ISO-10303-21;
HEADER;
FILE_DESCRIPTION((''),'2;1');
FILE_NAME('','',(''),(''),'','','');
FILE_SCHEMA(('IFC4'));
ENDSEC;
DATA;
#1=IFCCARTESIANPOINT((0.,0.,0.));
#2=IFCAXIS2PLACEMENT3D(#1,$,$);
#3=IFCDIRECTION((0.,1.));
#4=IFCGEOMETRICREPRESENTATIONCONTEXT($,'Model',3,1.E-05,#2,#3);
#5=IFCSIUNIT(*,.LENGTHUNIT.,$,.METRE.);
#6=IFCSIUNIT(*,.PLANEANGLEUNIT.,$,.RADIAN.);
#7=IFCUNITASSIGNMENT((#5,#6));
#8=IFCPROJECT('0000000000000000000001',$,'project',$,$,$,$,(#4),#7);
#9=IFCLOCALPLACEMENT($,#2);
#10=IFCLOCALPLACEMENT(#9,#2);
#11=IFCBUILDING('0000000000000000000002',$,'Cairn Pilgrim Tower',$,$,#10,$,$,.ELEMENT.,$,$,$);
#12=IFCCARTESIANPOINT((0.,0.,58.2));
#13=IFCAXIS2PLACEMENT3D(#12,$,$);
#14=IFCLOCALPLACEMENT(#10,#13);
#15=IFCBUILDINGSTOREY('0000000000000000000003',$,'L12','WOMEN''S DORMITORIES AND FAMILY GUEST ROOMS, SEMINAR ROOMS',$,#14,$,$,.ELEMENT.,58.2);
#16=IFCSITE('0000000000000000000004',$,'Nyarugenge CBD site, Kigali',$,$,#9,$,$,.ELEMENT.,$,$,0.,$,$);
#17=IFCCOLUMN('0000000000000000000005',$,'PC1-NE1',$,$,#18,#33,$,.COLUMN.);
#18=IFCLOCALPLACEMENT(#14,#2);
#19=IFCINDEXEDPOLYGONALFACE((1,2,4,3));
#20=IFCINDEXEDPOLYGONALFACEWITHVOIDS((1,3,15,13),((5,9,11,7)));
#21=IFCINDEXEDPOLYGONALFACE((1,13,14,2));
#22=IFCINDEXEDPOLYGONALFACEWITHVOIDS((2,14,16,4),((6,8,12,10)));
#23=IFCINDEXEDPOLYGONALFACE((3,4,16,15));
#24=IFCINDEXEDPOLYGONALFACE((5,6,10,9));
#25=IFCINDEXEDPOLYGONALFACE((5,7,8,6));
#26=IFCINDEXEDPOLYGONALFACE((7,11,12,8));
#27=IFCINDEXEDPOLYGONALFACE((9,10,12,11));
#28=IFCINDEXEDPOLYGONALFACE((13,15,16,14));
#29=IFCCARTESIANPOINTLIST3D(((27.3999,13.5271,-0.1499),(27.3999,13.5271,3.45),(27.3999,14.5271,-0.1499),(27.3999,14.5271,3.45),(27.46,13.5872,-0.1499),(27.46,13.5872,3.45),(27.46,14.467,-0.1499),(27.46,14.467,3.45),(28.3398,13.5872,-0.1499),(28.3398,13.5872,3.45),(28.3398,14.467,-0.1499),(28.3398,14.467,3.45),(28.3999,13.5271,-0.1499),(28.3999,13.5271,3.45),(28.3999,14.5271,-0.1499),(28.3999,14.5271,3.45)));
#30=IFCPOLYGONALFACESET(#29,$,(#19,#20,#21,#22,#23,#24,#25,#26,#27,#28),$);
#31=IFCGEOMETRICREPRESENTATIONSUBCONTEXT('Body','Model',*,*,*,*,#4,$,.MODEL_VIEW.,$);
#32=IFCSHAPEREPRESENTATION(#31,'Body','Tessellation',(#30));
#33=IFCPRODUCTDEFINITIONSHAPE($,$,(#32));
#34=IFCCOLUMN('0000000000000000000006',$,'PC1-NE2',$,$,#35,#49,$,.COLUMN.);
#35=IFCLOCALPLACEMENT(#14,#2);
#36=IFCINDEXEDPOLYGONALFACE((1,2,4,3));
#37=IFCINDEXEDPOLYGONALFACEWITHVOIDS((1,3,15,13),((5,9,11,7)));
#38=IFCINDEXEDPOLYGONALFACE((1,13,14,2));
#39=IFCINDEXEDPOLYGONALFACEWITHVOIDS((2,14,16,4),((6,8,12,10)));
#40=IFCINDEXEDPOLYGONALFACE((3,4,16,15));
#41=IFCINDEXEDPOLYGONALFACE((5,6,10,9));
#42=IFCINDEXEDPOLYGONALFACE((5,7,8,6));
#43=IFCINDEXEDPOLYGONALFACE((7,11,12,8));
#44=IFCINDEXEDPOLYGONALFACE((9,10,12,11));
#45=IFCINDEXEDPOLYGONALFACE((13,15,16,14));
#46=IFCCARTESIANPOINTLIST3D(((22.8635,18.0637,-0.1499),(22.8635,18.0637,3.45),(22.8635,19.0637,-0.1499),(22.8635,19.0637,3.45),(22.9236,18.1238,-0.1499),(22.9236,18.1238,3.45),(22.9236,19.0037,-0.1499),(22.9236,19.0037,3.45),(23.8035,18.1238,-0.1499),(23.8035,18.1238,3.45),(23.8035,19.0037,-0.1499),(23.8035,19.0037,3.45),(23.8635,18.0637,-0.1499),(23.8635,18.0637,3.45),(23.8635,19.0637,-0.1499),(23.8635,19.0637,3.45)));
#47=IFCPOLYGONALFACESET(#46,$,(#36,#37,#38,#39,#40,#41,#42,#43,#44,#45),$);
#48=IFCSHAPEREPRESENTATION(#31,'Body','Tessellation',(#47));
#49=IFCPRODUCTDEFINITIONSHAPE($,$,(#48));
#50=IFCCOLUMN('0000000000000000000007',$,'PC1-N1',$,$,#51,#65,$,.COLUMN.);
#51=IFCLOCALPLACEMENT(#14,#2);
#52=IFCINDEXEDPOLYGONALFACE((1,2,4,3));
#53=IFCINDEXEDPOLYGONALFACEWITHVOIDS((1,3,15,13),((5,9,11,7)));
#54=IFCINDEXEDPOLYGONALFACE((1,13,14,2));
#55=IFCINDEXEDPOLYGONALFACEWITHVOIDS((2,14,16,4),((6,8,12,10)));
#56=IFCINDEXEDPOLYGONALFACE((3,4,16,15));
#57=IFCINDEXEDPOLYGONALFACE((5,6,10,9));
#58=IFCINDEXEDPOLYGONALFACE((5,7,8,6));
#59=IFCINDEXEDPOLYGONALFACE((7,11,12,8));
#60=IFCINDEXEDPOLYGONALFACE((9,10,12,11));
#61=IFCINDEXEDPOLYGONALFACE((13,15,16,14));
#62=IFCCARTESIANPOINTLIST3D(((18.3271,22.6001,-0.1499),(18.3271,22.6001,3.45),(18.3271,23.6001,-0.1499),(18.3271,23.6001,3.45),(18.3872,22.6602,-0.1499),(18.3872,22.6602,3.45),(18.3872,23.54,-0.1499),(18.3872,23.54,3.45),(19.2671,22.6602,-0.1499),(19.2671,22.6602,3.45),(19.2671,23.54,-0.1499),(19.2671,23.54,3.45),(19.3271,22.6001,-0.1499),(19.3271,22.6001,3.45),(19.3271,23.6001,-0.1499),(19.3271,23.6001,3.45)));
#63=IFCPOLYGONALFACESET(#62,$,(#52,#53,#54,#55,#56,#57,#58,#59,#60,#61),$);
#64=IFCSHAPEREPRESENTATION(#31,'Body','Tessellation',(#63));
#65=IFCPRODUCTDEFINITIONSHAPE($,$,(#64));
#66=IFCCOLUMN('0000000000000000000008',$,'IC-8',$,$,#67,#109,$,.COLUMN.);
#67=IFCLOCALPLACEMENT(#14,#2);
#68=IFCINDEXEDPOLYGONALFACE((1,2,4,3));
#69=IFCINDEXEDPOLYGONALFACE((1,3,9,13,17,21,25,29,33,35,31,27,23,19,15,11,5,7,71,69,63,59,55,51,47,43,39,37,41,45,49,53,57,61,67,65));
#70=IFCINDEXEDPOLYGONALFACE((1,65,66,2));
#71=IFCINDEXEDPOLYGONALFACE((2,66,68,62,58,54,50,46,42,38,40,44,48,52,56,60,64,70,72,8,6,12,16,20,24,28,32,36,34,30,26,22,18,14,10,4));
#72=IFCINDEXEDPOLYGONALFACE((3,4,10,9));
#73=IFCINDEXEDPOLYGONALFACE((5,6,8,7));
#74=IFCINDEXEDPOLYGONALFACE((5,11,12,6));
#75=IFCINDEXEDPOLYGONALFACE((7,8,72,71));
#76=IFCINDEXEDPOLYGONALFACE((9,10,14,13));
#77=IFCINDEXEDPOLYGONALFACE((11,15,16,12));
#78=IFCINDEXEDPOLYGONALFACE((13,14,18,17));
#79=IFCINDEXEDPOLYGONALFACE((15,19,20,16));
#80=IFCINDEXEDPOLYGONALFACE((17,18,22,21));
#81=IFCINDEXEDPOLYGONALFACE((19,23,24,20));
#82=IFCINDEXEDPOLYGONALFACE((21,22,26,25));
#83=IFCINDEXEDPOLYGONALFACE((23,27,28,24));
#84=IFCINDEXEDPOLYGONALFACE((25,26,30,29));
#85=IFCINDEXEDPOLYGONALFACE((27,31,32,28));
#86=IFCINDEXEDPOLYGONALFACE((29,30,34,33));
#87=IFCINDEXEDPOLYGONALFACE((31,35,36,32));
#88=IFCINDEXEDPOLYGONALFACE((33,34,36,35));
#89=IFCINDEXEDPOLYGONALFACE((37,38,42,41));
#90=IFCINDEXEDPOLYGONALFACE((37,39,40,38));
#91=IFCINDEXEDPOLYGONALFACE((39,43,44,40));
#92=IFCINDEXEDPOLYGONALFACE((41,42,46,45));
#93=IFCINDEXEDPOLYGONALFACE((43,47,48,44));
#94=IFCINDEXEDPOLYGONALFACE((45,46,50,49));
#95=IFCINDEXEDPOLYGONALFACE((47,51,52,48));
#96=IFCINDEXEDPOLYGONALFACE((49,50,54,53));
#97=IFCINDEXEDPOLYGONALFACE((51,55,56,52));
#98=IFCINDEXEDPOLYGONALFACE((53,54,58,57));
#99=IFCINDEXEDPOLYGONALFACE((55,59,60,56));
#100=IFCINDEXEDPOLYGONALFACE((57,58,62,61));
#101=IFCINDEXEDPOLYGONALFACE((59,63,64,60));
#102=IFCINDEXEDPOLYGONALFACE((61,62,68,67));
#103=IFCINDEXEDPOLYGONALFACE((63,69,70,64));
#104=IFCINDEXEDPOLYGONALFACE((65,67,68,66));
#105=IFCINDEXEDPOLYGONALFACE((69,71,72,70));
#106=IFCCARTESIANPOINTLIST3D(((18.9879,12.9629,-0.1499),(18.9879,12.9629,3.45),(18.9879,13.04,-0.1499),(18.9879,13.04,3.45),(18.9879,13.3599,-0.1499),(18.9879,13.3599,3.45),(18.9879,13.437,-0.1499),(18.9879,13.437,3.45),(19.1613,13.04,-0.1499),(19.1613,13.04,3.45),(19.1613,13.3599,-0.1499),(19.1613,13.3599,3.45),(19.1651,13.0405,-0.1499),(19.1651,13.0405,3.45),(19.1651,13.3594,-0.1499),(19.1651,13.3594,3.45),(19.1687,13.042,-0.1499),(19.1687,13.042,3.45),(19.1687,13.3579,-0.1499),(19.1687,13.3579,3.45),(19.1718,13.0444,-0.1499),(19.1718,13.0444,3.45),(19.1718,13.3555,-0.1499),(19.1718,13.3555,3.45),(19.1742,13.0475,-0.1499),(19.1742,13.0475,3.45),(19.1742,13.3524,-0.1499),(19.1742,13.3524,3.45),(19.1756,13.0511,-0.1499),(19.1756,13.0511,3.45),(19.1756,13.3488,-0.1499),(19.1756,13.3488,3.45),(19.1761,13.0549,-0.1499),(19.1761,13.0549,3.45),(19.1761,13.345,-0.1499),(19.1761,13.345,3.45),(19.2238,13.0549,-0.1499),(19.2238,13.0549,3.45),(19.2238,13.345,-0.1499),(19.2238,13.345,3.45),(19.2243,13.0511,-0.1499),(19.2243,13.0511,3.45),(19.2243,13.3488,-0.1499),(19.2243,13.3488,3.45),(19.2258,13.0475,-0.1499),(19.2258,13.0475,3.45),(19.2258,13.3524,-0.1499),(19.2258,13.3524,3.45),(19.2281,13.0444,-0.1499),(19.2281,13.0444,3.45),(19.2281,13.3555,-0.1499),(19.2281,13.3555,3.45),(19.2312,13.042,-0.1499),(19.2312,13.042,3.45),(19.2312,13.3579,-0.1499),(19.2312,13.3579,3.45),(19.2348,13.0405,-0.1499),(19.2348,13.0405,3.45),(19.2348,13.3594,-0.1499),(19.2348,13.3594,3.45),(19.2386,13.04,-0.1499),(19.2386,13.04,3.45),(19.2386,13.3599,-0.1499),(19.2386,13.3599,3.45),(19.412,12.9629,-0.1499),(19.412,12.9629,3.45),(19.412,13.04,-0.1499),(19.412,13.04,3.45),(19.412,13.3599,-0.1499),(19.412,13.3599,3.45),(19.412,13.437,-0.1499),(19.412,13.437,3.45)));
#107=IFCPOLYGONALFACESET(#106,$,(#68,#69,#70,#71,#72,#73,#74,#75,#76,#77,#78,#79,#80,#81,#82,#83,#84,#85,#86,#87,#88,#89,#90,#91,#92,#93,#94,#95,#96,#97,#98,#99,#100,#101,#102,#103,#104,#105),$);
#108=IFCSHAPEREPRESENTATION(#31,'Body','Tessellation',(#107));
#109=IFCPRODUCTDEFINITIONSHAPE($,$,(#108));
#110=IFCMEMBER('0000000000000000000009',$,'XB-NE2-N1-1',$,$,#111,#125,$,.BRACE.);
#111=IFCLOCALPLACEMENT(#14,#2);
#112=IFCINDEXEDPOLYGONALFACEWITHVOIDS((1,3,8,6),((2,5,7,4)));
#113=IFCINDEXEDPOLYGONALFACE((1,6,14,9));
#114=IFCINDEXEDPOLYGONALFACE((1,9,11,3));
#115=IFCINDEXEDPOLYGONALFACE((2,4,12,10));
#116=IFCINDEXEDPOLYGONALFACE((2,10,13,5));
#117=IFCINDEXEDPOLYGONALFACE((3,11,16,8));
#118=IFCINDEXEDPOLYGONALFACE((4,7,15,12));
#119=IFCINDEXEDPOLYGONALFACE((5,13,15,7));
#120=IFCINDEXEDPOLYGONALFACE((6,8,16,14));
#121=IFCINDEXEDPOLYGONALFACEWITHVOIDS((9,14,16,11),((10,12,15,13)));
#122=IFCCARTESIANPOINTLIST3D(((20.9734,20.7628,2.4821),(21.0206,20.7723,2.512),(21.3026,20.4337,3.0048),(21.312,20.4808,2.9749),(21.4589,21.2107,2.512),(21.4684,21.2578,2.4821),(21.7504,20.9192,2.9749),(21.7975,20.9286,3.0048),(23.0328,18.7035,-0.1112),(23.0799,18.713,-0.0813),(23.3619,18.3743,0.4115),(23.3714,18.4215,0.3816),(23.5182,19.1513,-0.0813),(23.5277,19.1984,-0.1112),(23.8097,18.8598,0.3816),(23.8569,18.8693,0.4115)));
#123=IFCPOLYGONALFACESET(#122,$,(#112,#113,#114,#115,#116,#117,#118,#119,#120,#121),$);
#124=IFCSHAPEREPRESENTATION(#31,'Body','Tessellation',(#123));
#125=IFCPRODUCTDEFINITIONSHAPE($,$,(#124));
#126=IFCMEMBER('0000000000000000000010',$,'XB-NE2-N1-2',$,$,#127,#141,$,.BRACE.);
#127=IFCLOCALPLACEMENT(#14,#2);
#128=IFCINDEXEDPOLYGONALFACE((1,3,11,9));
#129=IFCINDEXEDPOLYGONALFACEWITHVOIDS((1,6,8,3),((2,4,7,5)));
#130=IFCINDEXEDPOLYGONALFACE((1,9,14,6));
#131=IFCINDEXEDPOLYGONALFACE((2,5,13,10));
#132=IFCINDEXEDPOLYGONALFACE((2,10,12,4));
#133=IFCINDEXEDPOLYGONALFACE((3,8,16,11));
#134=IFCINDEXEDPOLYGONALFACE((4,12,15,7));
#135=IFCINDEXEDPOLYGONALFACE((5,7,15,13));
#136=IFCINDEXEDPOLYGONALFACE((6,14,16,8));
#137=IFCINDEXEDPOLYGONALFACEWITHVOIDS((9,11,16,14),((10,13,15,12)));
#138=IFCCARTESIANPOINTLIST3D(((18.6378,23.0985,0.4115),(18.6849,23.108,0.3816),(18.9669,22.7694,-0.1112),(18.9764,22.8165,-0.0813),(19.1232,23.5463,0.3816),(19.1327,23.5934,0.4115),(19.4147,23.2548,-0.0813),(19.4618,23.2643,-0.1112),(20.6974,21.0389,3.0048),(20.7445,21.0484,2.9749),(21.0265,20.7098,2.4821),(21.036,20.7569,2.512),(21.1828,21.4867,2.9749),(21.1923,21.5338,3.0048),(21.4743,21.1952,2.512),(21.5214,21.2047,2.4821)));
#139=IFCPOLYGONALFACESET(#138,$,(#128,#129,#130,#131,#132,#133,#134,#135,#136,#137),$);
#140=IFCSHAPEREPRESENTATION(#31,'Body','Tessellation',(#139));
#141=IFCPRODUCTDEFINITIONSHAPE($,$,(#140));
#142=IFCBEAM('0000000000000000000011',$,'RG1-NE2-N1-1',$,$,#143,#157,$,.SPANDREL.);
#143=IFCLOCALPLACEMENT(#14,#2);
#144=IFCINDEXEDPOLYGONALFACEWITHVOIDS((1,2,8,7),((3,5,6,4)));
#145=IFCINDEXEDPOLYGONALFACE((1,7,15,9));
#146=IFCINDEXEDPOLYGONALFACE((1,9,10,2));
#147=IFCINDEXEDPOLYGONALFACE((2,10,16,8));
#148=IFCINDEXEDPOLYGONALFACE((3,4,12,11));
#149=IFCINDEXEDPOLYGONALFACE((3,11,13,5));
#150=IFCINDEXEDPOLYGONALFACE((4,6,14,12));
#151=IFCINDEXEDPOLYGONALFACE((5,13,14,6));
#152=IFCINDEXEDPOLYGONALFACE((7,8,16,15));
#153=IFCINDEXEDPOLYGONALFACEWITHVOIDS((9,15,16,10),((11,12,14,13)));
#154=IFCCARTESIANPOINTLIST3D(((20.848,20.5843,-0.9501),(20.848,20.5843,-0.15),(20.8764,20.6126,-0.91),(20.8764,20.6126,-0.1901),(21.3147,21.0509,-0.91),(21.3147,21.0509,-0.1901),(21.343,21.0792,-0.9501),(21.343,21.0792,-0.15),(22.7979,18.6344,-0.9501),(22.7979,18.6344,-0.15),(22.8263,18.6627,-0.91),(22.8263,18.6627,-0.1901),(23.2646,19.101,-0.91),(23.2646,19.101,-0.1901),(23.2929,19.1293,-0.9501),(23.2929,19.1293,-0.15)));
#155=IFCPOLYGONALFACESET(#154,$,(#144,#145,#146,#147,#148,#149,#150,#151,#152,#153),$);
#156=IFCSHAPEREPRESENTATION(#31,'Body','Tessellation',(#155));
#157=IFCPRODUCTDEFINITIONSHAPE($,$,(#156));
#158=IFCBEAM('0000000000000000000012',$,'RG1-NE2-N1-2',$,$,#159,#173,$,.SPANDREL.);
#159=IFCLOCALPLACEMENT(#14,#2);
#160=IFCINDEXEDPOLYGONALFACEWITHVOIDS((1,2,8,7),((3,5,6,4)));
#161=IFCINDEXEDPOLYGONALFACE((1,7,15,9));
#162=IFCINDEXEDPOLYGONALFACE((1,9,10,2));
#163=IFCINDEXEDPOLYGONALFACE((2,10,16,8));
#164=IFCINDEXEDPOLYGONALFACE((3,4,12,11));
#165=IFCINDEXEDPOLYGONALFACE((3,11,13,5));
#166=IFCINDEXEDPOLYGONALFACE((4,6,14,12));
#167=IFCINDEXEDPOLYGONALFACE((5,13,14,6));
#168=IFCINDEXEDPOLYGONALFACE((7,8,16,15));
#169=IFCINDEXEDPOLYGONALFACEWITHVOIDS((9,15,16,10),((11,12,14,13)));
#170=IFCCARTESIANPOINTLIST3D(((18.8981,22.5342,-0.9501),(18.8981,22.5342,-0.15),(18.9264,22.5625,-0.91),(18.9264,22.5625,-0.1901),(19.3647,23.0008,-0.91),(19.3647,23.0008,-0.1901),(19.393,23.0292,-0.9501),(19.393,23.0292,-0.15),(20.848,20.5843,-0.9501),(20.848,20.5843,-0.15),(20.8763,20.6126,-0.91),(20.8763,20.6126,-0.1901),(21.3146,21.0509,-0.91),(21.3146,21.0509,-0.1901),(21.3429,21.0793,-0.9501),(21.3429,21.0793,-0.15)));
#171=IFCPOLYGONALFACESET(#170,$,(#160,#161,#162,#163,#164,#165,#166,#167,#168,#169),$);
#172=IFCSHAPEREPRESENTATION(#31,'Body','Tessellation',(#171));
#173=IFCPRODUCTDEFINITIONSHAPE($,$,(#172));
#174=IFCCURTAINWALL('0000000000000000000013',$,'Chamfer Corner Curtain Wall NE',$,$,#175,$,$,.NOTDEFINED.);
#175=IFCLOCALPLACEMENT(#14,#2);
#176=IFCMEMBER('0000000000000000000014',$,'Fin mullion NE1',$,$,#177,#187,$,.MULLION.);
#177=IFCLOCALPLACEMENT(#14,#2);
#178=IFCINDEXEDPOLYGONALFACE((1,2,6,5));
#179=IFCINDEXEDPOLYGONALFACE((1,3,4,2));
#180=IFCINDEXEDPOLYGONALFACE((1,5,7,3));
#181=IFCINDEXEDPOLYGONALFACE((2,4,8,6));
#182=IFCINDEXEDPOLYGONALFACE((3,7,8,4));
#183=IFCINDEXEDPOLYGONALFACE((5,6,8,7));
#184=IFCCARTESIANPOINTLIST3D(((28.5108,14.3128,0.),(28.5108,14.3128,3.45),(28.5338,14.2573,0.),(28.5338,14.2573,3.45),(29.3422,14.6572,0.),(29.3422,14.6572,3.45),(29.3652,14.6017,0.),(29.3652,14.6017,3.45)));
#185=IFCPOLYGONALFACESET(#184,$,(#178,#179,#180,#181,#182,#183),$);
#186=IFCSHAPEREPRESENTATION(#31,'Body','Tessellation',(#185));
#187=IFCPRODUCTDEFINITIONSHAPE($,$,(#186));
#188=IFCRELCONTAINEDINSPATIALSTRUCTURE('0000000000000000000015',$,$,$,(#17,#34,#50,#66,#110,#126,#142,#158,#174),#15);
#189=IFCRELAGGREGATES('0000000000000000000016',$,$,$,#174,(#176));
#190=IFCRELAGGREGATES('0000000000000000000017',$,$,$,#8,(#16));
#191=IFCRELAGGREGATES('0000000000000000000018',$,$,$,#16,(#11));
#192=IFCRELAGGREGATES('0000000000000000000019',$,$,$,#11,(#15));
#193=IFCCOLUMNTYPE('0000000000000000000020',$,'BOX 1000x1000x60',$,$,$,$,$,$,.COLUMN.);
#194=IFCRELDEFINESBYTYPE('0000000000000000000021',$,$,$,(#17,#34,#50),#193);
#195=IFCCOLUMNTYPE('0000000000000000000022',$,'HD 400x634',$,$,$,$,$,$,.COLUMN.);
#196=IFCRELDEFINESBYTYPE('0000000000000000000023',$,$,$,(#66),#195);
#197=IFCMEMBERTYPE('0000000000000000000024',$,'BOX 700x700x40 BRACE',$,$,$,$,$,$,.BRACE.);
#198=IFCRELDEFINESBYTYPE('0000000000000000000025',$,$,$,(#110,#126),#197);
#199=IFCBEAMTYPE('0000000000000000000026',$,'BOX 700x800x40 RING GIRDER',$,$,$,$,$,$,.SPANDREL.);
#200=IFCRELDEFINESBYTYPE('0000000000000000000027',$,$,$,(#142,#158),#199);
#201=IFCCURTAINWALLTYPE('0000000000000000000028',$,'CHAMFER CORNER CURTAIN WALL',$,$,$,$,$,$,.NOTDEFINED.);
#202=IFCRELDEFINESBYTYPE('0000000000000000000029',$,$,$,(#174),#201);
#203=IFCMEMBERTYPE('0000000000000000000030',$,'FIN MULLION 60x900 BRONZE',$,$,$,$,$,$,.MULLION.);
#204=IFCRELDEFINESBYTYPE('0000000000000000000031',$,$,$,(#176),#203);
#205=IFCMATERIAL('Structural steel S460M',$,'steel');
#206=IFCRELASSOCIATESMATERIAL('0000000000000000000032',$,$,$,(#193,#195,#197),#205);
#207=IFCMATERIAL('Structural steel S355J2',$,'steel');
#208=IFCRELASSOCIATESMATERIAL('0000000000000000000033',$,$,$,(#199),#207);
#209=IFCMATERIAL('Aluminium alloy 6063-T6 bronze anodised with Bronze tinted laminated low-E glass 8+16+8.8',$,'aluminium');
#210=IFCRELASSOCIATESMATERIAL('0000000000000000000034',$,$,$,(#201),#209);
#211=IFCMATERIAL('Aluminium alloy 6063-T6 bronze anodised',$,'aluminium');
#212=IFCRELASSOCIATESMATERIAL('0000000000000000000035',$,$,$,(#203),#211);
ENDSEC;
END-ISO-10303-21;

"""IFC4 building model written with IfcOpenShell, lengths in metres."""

from ifc_helpers import new_model, si_unit, direction, frame, origin, origin_2d, place, context, subcontext, project, spatial, rectangle, hollow_rectangle, i_section, extrude, material, material_profile, profile_set, type_object, element, aggregate, save


model = new_model("IFC4")

# Units and contexts
model_context = context("Model", 3, precision=1e-05, world=origin(), true_north=direction((0.0, 1.0)))
body_context = subcontext(model_context, "Body", "Model", "MODEL_VIEW")
ifc_project = project(units=[si_unit("LENGTHUNIT", "METRE"), si_unit("PLANEANGLEUNIT", "RADIAN")], contexts=[model_context])

# Site, building, storey
site_placement = place(None, origin())
site = spatial("IfcSite", under=ifc_project, at=site_placement, Name="Nyarugenge CBD site, Kigali", CompositionType="ELEMENT", RefElevation=0.0)
building_placement = place(site_placement, origin())
building = spatial("IfcBuilding", under=site, at=building_placement, Name="Cairn Pilgrim Tower", CompositionType="ELEMENT")
storey_placement = place(building_placement, frame((0.0, 0.0, 58.2)))
storey = spatial("IfcBuildingStorey", under=building, at=storey_placement, Name="L12", Description="WOMEN'S DORMITORIES AND FAMILY GUEST ROOMS, SEMINAR ROOMS", CompositionType="ELEMENT", Elevation=58.2)

# Columns
ifc_material_1 = material(Name="Structural steel S460M", Category="steel")
ifc_material_profile_1 = material_profile(ifc_material_1, hollow_rectangle(XDim=1.0, YDim=1.0, WallThickness=0.0601, at=origin_2d()), Name="BOX 1000x1000x60")
ifc_profile_set_1 = profile_set([ifc_material_profile_1], Name="Structural steel S460M")
column_type_1 = type_object("IfcColumnType", Name="BOX 1000x1000x60", PredefinedType="COLUMN", material=ifc_profile_set_1)
for number, where, z_axis, x_axis, name in (
    (1, (27.8999, 14.0271, -0.1499), (0.0, 0.0, 1.0), (1.0, 0.0, 0.0), "PC1-NE1"),
    (2, (23.3635, 18.5637, -0.1499), (0.0, 0.0, 1.0), (1.0, 0.0, 0.0), "PC1-NE2"),
    (3, (18.8271, 23.1001, -0.1499), (0.0, 0.0, 1.0), (1.0, 0.0, 0.0), "PC1-N1"),
):
    element("IfcColumn", number, at=place(storey_placement, frame(where, z_axis=z_axis, x_axis=x_axis)), inside=storey, type_object=column_type_1, Name=name, PredefinedType="COLUMN", context=body_context, shape_type="SweptSolid", body=[
        extrude(hollow_rectangle(XDim=1.0, YDim=1.0, WallThickness=0.0601, at=origin_2d()), origin(), (0.0, 0.0, 1.0), 3.5999),
    ])
ifc_material_profile_2 = material_profile(ifc_material_1, i_section(OverallWidth=0.4241, OverallDepth=0.4741, WebThickness=0.0476, FlangeThickness=0.0771, FilletRadius=0.0149, at=origin_2d()), Name="HD 400x634")
ifc_profile_set_2 = profile_set([ifc_material_profile_2], Name="Structural steel S460M")
column_type_2 = type_object("IfcColumnType", Name="HD 400x634", PredefinedType="COLUMN", material=ifc_profile_set_2)
column_placement = place(storey_placement, frame((19.2, 13.2, -0.1499), z_axis=(0.0, 0.0, 1.0), x_axis=(1.0, 0.0, 0.0)))
element("IfcColumn", 4, at=column_placement, inside=storey, type_object=column_type_2, Name="IC-8", PredefinedType="COLUMN", context=body_context, shape_type="SweptSolid", body=[
    extrude(i_section(OverallWidth=0.4241, OverallDepth=0.4741, WebThickness=0.0476, FlangeThickness=0.0771, FilletRadius=0.0149, at=origin_2d()), origin(), (0.0, 0.0, 1.0), 3.5999),
])

# Members
ifc_material_profile_3 = material_profile(ifc_material_1, hollow_rectangle(XDim=0.7, YDim=0.7, WallThickness=0.04, at=origin_2d()), Name="BOX 700x700x40")
ifc_profile_set_3 = profile_set([ifc_material_profile_3], Name="Structural steel S460M")
member_type_1 = type_object("IfcMemberType", Name="BOX 700x700x40 BRACE", PredefinedType="BRACE", material=ifc_profile_set_3)
member_1_placement = place(storey_placement, frame((23.4448, 18.7864, 0.1501), z_axis=(-0.52809, 0.52809, 0.665012), x_axis=(-0.707107, -0.707107, 0.0)))
element("IfcMember", 5, at=member_1_placement, inside=storey, type_object=member_type_1, Name="XB-NE2-N1-1", PredefinedType="BRACE", context=body_context, shape_type="SweptSolid", body=[
    extrude(hollow_rectangle(XDim=0.7, YDim=0.7, WallThickness=0.04, at=origin_2d()), origin(), (0.0, 0.0, 1.0), 3.8997),
])
member_2_placement = place(storey_placement, frame((19.0498, 23.1814, 0.1501), z_axis=(0.528118, -0.528118, 0.664968), x_axis=(0.707107, 0.707107, 0.0)))
element("IfcMember", 6, at=member_2_placement, inside=storey, type_object=member_type_1, Name="XB-NE2-N1-2", PredefinedType="BRACE", context=body_context, shape_type="SweptSolid", body=[
    extrude(hollow_rectangle(XDim=0.7, YDim=0.7, WallThickness=0.04, at=origin_2d()), origin(), (0.0, 0.0, 1.0), 3.8999),
])

# Beams
ifc_material_2 = material(Name="Structural steel S355J2", Category="steel")
ifc_material_profile_4 = material_profile(ifc_material_2, hollow_rectangle(XDim=0.7, YDim=0.8, WallThickness=0.04, at=origin_2d()), Name="BOX 700x800x40")
ifc_profile_set_4 = profile_set([ifc_material_profile_4], Name="Structural steel S355J2")
beam_type_1 = type_object("IfcBeamType", Name="BOX 700x800x40 RING GIRDER", PredefinedType="SPANDREL", material=ifc_profile_set_4)
for number, where, z_axis, x_axis, name in (
    (7, (23.0454, 18.8818, -0.55), (-0.707107, 0.707107, 0.0), (-0.707107, -0.707107, 0.0), "RG1-NE2-N1-1"),
    (8, (21.0955, 20.8318, -0.55), (-0.707107, 0.707107, 0.0), (-0.707107, -0.707107, 0.0), "RG1-NE2-N1-2"),
):
    element("IfcBeam", number, at=place(storey_placement, frame(where, z_axis=z_axis, x_axis=x_axis)), inside=storey, type_object=beam_type_1, Name=name, PredefinedType="SPANDREL", context=body_context, shape_type="SweptSolid", body=[
        extrude(hollow_rectangle(XDim=0.7, YDim=0.8, WallThickness=0.04, at=origin_2d()), origin(), (0.0, 0.0, 1.0), 2.7576),
    ])

# Curtain wall, member
ifc_material_3 = material(Name="Aluminium alloy 6063-T6 bronze anodised with Bronze tinted laminated low-E glass 8+16+8.8", Category="aluminium")
curtain_wall_type_1 = type_object("IfcCurtainWallType", Name="CHAMFER CORNER CURTAIN WALL", PredefinedType="NOTDEFINED", material=ifc_material_3)
curtain_wall_1_placement = place(storey_placement, origin())
curtain_wall_1 = element("IfcCurtainWall", 9, at=curtain_wall_1_placement, inside=storey, type_object=curtain_wall_type_1, Name="Chamfer Corner Curtain Wall NE", PredefinedType="NOTDEFINED")
ifc_material_4 = material(Name="Aluminium alloy 6063-T6 bronze anodised", Category="aluminium")
ifc_material_profile_5 = material_profile(ifc_material_4, rectangle(XDim=0.8999, YDim=0.0601, at=origin_2d()), Name="FIN MULLION 60x900 BRONZE")
ifc_profile_set_5 = profile_set([ifc_material_profile_5], Name="Aluminium alloy 6063-T6 bronze anodised")
member_type_2 = type_object("IfcMemberType", Name="FIN MULLION 60x900 BRONZE", PredefinedType="MULLION", material=ifc_profile_set_5)
member_3_placement = place(storey_placement, frame((28.938, 14.4573, 0.0), z_axis=(0.0, 0.0, 1.0), x_axis=(0.92388, 0.382683, 0.0)))
member_3 = element("IfcMember", 10, at=member_3_placement, type_object=member_type_2, Name="Fin mullion NE1", PredefinedType="MULLION", context=body_context, shape_type="SweptSolid", body=[
    extrude(rectangle(XDim=0.8999, YDim=0.0601, at=origin_2d()), origin(), (0.0, 0.0, 1.0), 3.45),
])

aggregate(curtain_wall_1, [member_3])

save(model, "model.ifc")
